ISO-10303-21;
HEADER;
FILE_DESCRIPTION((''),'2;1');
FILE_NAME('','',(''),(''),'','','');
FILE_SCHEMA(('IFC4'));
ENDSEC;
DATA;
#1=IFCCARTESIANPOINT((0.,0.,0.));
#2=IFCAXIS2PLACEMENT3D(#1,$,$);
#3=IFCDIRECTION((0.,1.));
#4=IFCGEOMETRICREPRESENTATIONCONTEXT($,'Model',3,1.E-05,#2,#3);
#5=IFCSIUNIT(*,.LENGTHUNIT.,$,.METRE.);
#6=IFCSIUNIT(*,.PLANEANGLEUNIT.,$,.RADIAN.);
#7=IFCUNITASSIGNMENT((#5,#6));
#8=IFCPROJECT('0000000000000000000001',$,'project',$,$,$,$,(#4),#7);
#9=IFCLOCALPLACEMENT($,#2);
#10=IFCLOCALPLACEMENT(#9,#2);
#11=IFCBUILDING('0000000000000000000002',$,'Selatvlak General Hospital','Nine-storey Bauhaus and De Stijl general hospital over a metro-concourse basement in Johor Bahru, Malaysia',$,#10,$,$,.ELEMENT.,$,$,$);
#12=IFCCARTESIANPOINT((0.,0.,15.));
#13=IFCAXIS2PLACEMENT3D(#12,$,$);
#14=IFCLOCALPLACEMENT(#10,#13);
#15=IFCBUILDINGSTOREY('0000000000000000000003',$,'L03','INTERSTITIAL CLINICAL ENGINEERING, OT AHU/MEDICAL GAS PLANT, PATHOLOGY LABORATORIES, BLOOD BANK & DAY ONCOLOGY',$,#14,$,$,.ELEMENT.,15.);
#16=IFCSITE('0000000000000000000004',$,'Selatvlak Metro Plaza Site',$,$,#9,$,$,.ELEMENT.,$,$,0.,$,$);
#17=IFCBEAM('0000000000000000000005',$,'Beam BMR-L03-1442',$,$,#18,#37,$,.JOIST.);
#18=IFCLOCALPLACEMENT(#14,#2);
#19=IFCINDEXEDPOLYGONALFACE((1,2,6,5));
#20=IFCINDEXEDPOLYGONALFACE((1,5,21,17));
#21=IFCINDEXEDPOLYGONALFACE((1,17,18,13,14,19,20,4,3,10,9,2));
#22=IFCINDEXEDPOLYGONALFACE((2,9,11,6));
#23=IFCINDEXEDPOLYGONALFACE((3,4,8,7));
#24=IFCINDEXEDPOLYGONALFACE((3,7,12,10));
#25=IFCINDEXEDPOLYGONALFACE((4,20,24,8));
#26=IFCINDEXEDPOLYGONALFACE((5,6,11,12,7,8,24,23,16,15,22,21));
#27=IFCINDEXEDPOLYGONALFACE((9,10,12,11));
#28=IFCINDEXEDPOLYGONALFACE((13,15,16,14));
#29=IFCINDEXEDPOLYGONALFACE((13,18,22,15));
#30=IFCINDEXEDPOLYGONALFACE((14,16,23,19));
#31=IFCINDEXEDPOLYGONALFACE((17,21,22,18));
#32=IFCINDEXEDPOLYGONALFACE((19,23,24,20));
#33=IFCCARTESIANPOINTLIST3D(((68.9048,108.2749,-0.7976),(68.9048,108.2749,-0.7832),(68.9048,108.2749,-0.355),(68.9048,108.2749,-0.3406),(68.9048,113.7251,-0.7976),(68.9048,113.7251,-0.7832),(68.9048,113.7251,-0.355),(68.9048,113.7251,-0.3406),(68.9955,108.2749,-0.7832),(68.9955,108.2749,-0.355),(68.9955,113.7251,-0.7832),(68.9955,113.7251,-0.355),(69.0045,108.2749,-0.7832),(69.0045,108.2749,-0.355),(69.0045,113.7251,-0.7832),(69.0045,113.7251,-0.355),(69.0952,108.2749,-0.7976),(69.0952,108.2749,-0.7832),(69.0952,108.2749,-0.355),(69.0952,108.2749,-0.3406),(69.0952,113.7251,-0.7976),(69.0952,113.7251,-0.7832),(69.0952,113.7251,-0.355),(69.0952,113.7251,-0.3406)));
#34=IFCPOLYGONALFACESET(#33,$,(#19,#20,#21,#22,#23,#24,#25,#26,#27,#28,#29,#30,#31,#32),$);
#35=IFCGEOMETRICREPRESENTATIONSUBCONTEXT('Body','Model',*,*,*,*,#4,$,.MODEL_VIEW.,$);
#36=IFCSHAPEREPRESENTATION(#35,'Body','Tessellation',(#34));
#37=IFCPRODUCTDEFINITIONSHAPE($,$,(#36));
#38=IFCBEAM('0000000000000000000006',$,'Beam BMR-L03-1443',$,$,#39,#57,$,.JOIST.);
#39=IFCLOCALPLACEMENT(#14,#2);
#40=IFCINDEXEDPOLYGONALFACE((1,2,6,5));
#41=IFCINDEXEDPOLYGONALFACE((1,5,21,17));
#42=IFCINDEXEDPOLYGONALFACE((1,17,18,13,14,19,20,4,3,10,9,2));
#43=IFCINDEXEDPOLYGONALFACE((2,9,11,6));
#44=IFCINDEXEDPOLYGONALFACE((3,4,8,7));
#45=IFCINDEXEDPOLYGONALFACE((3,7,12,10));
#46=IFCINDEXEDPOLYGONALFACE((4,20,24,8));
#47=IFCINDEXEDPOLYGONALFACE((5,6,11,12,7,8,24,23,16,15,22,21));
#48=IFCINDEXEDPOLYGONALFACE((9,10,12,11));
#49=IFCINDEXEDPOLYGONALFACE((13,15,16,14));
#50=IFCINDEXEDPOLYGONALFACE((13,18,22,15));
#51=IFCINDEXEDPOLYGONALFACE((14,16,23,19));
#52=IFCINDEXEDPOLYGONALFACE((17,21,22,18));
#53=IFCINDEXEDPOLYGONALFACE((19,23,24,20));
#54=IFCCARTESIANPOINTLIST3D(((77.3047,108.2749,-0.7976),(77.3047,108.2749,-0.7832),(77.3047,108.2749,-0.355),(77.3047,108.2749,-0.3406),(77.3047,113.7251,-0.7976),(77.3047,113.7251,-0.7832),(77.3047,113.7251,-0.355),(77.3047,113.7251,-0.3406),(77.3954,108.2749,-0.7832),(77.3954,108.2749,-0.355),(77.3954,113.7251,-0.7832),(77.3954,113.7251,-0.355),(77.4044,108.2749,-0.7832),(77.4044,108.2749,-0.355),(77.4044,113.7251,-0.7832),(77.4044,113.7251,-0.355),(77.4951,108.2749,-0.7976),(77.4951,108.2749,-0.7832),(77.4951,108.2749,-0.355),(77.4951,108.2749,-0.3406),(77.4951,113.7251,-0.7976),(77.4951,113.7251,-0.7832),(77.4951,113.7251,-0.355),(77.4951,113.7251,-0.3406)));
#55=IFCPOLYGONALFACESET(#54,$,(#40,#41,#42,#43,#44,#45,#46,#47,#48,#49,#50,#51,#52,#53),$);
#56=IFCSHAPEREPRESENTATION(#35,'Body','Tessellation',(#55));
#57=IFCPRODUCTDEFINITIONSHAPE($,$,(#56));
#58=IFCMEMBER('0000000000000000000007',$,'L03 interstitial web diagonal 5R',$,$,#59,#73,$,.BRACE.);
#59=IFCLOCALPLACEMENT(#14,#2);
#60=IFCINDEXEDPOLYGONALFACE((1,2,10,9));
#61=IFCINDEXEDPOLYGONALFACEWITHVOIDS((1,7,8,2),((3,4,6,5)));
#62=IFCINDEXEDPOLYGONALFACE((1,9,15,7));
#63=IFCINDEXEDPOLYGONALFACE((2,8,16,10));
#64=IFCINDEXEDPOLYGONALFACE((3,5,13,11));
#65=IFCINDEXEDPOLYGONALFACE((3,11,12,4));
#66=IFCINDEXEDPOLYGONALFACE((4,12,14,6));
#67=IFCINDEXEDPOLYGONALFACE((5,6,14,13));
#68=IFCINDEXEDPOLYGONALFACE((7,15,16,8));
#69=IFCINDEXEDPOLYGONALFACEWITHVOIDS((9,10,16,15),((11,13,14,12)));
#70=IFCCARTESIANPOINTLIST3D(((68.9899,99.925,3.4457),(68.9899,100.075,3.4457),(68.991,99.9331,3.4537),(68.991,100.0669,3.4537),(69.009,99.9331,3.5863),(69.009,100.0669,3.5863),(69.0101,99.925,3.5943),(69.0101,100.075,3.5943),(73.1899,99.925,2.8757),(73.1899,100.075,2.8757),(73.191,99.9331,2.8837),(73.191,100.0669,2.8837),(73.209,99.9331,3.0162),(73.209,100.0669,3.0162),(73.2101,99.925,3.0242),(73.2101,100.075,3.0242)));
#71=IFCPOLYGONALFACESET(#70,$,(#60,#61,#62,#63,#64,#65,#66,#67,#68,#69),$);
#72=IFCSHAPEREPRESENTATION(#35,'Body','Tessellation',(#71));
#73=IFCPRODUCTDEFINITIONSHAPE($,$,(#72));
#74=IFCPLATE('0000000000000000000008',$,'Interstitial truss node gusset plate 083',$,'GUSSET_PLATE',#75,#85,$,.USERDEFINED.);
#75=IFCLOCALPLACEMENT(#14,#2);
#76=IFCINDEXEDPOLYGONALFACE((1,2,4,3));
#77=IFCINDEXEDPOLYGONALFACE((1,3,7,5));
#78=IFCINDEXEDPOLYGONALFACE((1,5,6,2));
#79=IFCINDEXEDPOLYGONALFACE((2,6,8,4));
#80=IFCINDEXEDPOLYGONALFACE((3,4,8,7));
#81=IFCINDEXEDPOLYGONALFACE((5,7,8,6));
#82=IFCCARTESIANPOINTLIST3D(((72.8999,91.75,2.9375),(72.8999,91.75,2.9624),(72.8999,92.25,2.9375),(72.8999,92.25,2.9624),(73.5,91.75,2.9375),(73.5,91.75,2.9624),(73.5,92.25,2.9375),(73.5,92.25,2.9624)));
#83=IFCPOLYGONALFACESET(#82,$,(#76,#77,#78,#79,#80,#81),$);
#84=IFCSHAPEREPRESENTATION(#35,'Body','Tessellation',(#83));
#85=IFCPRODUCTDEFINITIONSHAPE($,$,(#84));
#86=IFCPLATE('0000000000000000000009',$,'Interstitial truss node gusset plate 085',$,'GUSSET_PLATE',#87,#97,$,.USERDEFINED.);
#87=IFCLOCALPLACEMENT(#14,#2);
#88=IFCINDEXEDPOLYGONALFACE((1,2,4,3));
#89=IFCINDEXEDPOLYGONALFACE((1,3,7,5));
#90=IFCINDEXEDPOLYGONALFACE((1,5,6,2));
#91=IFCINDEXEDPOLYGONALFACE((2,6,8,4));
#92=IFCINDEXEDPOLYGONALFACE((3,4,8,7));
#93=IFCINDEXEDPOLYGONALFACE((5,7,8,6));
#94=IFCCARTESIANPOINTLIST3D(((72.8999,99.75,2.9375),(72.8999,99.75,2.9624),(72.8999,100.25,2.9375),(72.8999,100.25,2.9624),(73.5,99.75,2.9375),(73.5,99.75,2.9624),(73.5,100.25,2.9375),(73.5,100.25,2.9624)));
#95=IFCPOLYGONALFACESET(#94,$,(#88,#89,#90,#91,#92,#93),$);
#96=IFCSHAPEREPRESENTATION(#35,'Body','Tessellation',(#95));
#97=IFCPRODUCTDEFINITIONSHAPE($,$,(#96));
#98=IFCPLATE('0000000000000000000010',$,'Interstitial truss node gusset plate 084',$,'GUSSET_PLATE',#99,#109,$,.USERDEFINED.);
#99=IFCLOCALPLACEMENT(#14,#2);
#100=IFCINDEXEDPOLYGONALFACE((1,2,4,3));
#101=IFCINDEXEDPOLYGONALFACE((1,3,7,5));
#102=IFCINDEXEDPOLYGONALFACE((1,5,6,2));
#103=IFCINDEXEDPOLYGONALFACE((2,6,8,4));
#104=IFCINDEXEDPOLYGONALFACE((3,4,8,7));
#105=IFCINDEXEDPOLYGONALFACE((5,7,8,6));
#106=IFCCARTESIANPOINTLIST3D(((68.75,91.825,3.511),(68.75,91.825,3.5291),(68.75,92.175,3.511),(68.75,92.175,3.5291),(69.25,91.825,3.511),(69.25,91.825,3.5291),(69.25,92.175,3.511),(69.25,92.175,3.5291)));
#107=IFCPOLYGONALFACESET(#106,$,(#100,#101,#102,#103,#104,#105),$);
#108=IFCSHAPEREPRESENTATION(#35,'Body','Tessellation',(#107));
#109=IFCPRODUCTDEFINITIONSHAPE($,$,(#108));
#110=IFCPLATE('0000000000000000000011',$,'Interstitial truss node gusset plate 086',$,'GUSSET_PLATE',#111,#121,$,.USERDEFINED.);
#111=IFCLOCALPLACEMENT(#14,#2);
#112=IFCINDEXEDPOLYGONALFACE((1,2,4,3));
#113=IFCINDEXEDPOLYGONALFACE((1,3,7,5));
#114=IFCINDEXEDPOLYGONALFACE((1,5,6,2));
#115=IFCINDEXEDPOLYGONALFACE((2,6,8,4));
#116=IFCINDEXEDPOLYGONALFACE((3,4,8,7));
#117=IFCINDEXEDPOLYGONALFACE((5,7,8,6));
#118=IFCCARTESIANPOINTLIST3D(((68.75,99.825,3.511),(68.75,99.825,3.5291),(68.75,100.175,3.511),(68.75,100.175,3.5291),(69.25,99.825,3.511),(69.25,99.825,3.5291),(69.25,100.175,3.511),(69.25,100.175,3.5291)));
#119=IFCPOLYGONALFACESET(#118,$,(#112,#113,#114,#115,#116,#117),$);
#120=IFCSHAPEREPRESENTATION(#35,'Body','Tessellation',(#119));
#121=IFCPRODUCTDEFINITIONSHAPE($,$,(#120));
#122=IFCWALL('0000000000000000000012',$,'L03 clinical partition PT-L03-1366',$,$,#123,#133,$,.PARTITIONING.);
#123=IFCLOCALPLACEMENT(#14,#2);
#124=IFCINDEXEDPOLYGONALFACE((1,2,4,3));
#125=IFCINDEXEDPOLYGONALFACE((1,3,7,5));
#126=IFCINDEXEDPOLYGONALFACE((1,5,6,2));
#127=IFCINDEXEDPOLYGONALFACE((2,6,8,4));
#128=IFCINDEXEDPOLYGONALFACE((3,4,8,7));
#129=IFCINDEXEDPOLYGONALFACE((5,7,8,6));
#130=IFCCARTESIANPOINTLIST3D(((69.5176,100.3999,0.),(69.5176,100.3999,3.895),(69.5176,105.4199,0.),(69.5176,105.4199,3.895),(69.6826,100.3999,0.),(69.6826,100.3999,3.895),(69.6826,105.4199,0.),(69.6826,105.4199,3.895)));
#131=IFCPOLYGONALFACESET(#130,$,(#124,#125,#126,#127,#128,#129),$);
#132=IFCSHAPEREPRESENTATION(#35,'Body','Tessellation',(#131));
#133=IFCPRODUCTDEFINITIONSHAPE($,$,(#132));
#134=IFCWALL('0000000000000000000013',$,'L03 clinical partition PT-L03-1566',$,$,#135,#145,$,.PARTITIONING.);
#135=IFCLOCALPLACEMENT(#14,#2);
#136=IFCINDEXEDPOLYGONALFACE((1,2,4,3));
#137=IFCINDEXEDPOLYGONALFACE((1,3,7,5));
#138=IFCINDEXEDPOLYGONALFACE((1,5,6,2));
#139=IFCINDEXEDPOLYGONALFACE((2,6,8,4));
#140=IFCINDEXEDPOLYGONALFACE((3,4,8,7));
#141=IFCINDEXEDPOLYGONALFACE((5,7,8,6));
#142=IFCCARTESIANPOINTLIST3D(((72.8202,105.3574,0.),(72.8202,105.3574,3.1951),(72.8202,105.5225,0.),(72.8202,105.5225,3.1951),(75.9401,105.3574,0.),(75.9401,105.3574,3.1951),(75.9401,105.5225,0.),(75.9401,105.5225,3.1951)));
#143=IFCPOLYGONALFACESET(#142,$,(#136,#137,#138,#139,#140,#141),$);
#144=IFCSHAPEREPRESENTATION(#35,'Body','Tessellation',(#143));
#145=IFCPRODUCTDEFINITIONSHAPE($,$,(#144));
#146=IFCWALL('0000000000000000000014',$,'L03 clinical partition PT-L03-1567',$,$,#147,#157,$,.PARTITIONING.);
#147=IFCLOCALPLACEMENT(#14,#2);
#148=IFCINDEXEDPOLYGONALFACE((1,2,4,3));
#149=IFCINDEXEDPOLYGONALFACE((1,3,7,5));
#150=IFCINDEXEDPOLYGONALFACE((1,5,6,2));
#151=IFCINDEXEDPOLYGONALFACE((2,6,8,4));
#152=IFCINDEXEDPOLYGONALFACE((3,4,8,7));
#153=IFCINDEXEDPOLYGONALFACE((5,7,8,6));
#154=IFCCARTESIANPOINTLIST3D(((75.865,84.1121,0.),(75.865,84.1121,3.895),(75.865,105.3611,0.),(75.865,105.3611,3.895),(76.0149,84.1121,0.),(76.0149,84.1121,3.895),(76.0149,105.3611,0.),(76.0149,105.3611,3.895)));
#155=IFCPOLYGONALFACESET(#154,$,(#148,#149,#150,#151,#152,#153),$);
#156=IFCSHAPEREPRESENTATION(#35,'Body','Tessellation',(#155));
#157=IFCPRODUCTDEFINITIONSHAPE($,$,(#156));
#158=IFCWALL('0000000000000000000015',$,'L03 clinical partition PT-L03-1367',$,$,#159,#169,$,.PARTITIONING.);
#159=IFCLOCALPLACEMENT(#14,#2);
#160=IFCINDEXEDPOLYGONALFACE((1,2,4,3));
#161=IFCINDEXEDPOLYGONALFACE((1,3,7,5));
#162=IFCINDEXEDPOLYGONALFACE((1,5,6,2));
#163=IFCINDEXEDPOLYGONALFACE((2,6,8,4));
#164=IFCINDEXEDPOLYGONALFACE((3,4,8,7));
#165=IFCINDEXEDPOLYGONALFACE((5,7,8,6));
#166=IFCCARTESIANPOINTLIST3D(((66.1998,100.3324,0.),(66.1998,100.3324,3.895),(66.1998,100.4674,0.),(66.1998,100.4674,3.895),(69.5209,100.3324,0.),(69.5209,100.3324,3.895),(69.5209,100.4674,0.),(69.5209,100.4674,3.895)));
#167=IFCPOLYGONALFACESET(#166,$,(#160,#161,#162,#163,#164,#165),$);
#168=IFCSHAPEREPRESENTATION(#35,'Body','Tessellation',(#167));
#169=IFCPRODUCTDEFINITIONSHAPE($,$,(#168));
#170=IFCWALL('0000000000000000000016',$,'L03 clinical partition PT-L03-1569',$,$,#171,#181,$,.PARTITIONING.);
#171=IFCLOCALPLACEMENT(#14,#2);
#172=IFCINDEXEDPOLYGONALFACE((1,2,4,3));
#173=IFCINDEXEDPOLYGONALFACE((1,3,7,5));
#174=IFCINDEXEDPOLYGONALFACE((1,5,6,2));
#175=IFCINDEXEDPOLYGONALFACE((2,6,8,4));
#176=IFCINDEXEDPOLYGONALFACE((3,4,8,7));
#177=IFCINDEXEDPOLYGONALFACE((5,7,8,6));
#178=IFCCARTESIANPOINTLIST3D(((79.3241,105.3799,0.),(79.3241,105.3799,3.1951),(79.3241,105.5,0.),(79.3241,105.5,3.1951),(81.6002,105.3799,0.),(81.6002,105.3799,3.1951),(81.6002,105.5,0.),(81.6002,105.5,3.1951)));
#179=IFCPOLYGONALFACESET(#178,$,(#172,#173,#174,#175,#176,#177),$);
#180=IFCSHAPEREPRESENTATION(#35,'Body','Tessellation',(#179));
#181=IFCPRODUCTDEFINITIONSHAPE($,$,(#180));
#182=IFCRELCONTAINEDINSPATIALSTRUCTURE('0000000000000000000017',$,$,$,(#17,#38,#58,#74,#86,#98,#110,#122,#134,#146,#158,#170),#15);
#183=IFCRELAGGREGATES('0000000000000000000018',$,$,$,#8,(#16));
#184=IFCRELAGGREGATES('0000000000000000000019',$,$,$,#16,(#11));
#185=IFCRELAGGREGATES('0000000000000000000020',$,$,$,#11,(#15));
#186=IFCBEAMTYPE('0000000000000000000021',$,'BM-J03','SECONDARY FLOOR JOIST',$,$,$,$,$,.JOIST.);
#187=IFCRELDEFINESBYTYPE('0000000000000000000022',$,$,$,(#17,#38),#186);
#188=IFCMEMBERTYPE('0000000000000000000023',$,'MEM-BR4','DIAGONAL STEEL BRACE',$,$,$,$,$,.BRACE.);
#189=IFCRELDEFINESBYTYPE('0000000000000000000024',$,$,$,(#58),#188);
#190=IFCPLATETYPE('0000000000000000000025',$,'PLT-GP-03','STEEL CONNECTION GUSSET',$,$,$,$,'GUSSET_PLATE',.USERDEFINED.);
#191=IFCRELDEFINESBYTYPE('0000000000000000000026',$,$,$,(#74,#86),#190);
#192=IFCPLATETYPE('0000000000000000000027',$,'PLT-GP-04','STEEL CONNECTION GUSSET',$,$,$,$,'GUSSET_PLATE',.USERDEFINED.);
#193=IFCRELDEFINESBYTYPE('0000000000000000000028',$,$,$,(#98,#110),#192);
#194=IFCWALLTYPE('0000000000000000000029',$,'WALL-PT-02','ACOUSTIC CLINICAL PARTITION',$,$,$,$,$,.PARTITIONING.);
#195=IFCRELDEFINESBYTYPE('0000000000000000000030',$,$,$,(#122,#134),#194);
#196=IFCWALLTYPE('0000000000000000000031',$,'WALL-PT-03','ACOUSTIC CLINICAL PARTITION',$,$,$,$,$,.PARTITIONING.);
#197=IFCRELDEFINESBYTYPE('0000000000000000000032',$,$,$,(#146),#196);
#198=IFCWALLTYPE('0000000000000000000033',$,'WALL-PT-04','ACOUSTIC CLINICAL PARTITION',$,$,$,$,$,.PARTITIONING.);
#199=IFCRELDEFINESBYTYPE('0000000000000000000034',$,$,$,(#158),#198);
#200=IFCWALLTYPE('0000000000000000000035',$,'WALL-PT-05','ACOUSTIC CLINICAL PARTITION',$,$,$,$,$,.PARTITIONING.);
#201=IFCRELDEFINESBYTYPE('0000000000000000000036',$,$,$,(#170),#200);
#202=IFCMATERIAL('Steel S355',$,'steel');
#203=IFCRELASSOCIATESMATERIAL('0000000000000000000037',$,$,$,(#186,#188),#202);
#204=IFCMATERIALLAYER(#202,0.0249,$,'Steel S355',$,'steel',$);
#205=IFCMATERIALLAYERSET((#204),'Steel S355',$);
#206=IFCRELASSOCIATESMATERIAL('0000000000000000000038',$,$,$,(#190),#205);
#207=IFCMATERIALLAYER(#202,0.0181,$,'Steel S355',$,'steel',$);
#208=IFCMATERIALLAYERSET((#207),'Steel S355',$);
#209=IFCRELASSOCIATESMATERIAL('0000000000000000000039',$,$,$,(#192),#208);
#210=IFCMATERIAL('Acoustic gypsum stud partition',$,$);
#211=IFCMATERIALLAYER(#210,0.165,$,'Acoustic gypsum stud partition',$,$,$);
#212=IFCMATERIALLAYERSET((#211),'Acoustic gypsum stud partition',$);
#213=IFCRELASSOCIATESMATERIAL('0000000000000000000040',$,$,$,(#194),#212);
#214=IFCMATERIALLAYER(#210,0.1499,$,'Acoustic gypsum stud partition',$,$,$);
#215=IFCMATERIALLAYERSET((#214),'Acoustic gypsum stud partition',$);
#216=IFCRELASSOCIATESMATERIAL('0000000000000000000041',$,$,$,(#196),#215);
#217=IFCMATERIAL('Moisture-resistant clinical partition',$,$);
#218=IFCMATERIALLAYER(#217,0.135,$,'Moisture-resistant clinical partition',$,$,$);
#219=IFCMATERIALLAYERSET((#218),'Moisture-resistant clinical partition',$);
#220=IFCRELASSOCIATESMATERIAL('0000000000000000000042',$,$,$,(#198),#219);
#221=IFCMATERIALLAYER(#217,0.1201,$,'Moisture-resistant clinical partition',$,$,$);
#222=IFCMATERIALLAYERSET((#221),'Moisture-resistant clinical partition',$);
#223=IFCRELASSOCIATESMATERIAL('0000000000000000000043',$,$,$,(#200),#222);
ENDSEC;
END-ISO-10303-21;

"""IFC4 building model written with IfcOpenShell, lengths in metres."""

from ifc_helpers import new_model, si_unit, direction, frame, frame_2d, origin, origin_2d, place, context, subcontext, project, spatial, rectangle, hollow_rectangle, i_section, extrude, material, layer, layer_set, material_profile, profile_set, type_object, element, save


model = new_model("IFC4")

# Units and contexts
model_context = context("Model", 3, precision=1e-05, world=origin(), true_north=direction((0.0, 1.0)))
body_context = subcontext(model_context, "Body", "Model", "MODEL_VIEW")
ifc_project = project(units=[si_unit("LENGTHUNIT", "METRE"), si_unit("PLANEANGLEUNIT", "RADIAN")], contexts=[model_context])

# Site, building, storey
site_placement = place(None, origin())
site = spatial("IfcSite", under=ifc_project, at=site_placement, Name="Selatvlak Metro Plaza Site", CompositionType="ELEMENT", RefElevation=0.0)
building_placement = place(site_placement, origin())
building = spatial("IfcBuilding", under=site, at=building_placement, Name="Selatvlak General Hospital", Description="Nine-storey Bauhaus and De Stijl general hospital over a metro-concourse basement in Johor Bahru, Malaysia", CompositionType="ELEMENT")
storey_placement = place(building_placement, frame((0.0, 0.0, 15.0)))
storey = spatial("IfcBuildingStorey", under=building, at=storey_placement, Name="L03", Description="INTERSTITIAL CLINICAL ENGINEERING, OT AHU/MEDICAL GAS PLANT, PATHOLOGY LABORATORIES, BLOOD BANK & DAY ONCOLOGY", CompositionType="ELEMENT", Elevation=15.0)

# Beams
ifc_material_1 = material(Name="Steel S355", Category="steel")
ifc_material_profile_1 = material_profile(ifc_material_1, i_section(OverallWidth=0.1904, OverallDepth=0.457, WebThickness=0.009, FlangeThickness=0.0144, at=origin_2d()), Name="UB 457x191x74")
ifc_profile_set_1 = profile_set([ifc_material_profile_1], Name="Steel S355")
beam_type_1 = type_object("IfcBeamType", Name="BM-J03", Description="SECONDARY FLOOR JOIST", PredefinedType="JOIST", material=ifc_profile_set_1)
for number, where, z_axis, x_axis, name in (
    (1, (69.0, 108.2749, -0.5691), (0.0, 1.0, 0.0), (-1.0, 0.0, 0.0), "Beam BMR-L03-1442"),
    (2, (77.3999, 108.2749, -0.5691), (0.0, 1.0, 0.0), (-1.0, 0.0, 0.0), "Beam BMR-L03-1443"),
):
    element("IfcBeam", number, at=place(storey_placement, frame(where, z_axis=z_axis, x_axis=x_axis)), inside=storey, type_object=beam_type_1, Name=name, PredefinedType="JOIST", context=body_context, shape_type="SweptSolid", body=[
        extrude(i_section(OverallWidth=0.1904, OverallDepth=0.457, WebThickness=0.009, FlangeThickness=0.0144, at=origin_2d()), origin(), (0.0, 0.0, 1.0), 5.4502),
    ])

# Member
ifc_material_profile_2 = material_profile(ifc_material_1, hollow_rectangle(XDim=0.1499, YDim=0.1499, WallThickness=0.0081, at=origin_2d()), Name="SHS 150x150x8")
ifc_profile_set_2 = profile_set([ifc_material_profile_2], Name="Steel S355")
member_type = type_object("IfcMemberType", Name="MEM-BR4", Description="DIAGONAL STEEL BRACE", PredefinedType="BRACE", material=ifc_profile_set_2)
member_placement = place(storey_placement, frame((69.0, 100.0, 3.52), z_axis=(0.990914, 0.0, -0.134499), x_axis=(0.0, 1.0, 0.0)))
element("IfcMember", 3, at=member_placement, inside=storey, type_object=member_type, Name="L03 interstitial web diagonal 5R", PredefinedType="BRACE", context=body_context, shape_type="SweptSolid", body=[
    extrude(hollow_rectangle(XDim=0.1499, YDim=0.1499, WallThickness=0.0081, at=origin_2d()), origin(), (0.0, 0.0, 1.0), 4.2385),
])

# Plates
ifc_layer_1 = layer(ifc_material_1, 0.0249, Name="Steel S355", Category="steel")
ifc_layer_set_1 = layer_set([ifc_layer_1], Name="Steel S355")
plate_type_1 = type_object("IfcPlateType", Name="PLT-GP-03", Description="STEEL CONNECTION GUSSET", ElementType="GUSSET_PLATE", PredefinedType="USERDEFINED", material=ifc_layer_set_1)
for number, where, z_axis, x_axis, name in (
    (4, (73.2, 92.0, 2.9375), (0.0, 0.0, 1.0), (1.0, 0.0, 0.0), "Interstitial truss node gusset plate 083"),
    (5, (73.2, 100.0, 2.9375), (0.0, 0.0, 1.0), (1.0, 0.0, 0.0), "Interstitial truss node gusset plate 085"),
):
    element("IfcPlate", number, at=place(storey_placement, frame(where, z_axis=z_axis, x_axis=x_axis)), inside=storey, type_object=plate_type_1, Name=name, ObjectType="GUSSET_PLATE", PredefinedType="USERDEFINED", context=body_context, shape_type="SweptSolid", body=[
        extrude(rectangle(XDim=0.6001, YDim=0.5, at=origin_2d()), origin(), (0.0, 0.0, 1.0), 0.0249),
    ])
ifc_layer_2 = layer(ifc_material_1, 0.0181, Name="Steel S355", Category="steel")
ifc_layer_set_2 = layer_set([ifc_layer_2], Name="Steel S355")
plate_type_2 = type_object("IfcPlateType", Name="PLT-GP-04", Description="STEEL CONNECTION GUSSET", ElementType="GUSSET_PLATE", PredefinedType="USERDEFINED", material=ifc_layer_set_2)
for number, where, z_axis, x_axis, name in (
    (6, (69.0, 92.0, 3.511), (0.0, 0.0, 1.0), (1.0, 0.0, 0.0), "Interstitial truss node gusset plate 084"),
    (7, (69.0, 100.0, 3.511), (0.0, 0.0, 1.0), (1.0, 0.0, 0.0), "Interstitial truss node gusset plate 086"),
):
    element("IfcPlate", number, at=place(storey_placement, frame(where, z_axis=z_axis, x_axis=x_axis)), inside=storey, type_object=plate_type_2, Name=name, ObjectType="GUSSET_PLATE", PredefinedType="USERDEFINED", context=body_context, shape_type="SweptSolid", body=[
        extrude(rectangle(XDim=0.5, YDim=0.3501, at=origin_2d()), origin(), (0.0, 0.0, 1.0), 0.0181),
    ])

# Walls
ifc_material_2 = material(Name="Acoustic gypsum stud partition")
ifc_layer_3 = layer(ifc_material_2, 0.165, Name="Acoustic gypsum stud partition")
ifc_layer_set_3 = layer_set([ifc_layer_3], Name="Acoustic gypsum stud partition")
wall_type_1 = type_object("IfcWallType", Name="WALL-PT-02", Description="ACOUSTIC CLINICAL PARTITION", PredefinedType="PARTITIONING", material=ifc_layer_set_3)
wall_1_placement = place(storey_placement, frame((69.6001, 105.4199, 0.0), z_axis=(0.0, 0.0, 1.0), x_axis=(0.0, -1.0, 0.0)))
element("IfcWall", 8, at=wall_1_placement, inside=storey, type_object=wall_type_1, Name="L03 clinical partition PT-L03-1366", PredefinedType="PARTITIONING", context=body_context, shape_type="SweptSolid", body=[
    extrude(rectangle(XDim=5.02, YDim=0.165, at=frame_2d((2.51, 0.0))), origin(), (0.0, 0.0, 1.0), 3.895),
])
wall_2_placement = place(storey_placement, frame((72.8201, 105.4399, 0.0), z_axis=(0.0, 0.0, 1.0), x_axis=(1.0, 0.0, 0.0)))
element("IfcWall", 9, at=wall_2_placement, inside=storey, type_object=wall_type_1, Name="L03 clinical partition PT-L03-1566", PredefinedType="PARTITIONING", context=body_context, shape_type="SweptSolid", body=[
    extrude(rectangle(XDim=3.1199, YDim=0.165, at=frame_2d((1.5601, 0.0))), origin(), (0.0, 0.0, 1.0), 3.1951),
])
ifc_layer_4 = layer(ifc_material_2, 0.1499, Name="Acoustic gypsum stud partition")
ifc_layer_set_4 = layer_set([ifc_layer_4], Name="Acoustic gypsum stud partition")
wall_type_2 = type_object("IfcWallType", Name="WALL-PT-03", Description="ACOUSTIC CLINICAL PARTITION", PredefinedType="PARTITIONING", material=ifc_layer_set_4)
wall_3_placement = place(storey_placement, frame((75.9399, 105.3611, 0.0), z_axis=(0.0, 0.0, 1.0), x_axis=(0.0, -1.0, 0.0)))
element("IfcWall", 10, at=wall_3_placement, inside=storey, type_object=wall_type_2, Name="L03 clinical partition PT-L03-1567", PredefinedType="PARTITIONING", context=body_context, shape_type="SweptSolid", body=[
    extrude(rectangle(XDim=21.249, YDim=0.1499, at=frame_2d((10.6245, 0.0))), origin(), (0.0, 0.0, 1.0), 3.895),
])
ifc_material_3 = material(Name="Moisture-resistant clinical partition")
ifc_layer_5 = layer(ifc_material_3, 0.135, Name="Moisture-resistant clinical partition")
ifc_layer_set_5 = layer_set([ifc_layer_5], Name="Moisture-resistant clinical partition")
wall_type_3 = type_object("IfcWallType", Name="WALL-PT-04", Description="ACOUSTIC CLINICAL PARTITION", PredefinedType="PARTITIONING", material=ifc_layer_set_5)
wall_4_placement = place(storey_placement, frame((69.521, 100.3999, 0.0), z_axis=(0.0, 0.0, 1.0), x_axis=(-1.0, 0.0, 0.0)))
element("IfcWall", 11, at=wall_4_placement, inside=storey, type_object=wall_type_3, Name="L03 clinical partition PT-L03-1367", PredefinedType="PARTITIONING", context=body_context, shape_type="SweptSolid", body=[
    extrude(rectangle(XDim=3.321, YDim=0.135, at=frame_2d((1.6606, 0.0))), origin(), (0.0, 0.0, 1.0), 3.895),
])
ifc_layer_6 = layer(ifc_material_3, 0.1201, Name="Moisture-resistant clinical partition")
ifc_layer_set_6 = layer_set([ifc_layer_6], Name="Moisture-resistant clinical partition")
wall_type_4 = type_object("IfcWallType", Name="WALL-PT-05", Description="ACOUSTIC CLINICAL PARTITION", PredefinedType="PARTITIONING", material=ifc_layer_set_6)
wall_5_placement = place(storey_placement, frame((79.324, 105.4399, 0.0), z_axis=(0.0, 0.0, 1.0), x_axis=(1.0, 0.0, 0.0)))
element("IfcWall", 12, at=wall_5_placement, inside=storey, type_object=wall_type_4, Name="L03 clinical partition PT-L03-1569", PredefinedType="PARTITIONING", context=body_context, shape_type="SweptSolid", body=[
    extrude(rectangle(XDim=2.2761, YDim=0.1201, at=frame_2d((1.1382, 0.0))), origin(), (0.0, 0.0, 1.0), 3.1951),
])

save(model, "model.ifc")
